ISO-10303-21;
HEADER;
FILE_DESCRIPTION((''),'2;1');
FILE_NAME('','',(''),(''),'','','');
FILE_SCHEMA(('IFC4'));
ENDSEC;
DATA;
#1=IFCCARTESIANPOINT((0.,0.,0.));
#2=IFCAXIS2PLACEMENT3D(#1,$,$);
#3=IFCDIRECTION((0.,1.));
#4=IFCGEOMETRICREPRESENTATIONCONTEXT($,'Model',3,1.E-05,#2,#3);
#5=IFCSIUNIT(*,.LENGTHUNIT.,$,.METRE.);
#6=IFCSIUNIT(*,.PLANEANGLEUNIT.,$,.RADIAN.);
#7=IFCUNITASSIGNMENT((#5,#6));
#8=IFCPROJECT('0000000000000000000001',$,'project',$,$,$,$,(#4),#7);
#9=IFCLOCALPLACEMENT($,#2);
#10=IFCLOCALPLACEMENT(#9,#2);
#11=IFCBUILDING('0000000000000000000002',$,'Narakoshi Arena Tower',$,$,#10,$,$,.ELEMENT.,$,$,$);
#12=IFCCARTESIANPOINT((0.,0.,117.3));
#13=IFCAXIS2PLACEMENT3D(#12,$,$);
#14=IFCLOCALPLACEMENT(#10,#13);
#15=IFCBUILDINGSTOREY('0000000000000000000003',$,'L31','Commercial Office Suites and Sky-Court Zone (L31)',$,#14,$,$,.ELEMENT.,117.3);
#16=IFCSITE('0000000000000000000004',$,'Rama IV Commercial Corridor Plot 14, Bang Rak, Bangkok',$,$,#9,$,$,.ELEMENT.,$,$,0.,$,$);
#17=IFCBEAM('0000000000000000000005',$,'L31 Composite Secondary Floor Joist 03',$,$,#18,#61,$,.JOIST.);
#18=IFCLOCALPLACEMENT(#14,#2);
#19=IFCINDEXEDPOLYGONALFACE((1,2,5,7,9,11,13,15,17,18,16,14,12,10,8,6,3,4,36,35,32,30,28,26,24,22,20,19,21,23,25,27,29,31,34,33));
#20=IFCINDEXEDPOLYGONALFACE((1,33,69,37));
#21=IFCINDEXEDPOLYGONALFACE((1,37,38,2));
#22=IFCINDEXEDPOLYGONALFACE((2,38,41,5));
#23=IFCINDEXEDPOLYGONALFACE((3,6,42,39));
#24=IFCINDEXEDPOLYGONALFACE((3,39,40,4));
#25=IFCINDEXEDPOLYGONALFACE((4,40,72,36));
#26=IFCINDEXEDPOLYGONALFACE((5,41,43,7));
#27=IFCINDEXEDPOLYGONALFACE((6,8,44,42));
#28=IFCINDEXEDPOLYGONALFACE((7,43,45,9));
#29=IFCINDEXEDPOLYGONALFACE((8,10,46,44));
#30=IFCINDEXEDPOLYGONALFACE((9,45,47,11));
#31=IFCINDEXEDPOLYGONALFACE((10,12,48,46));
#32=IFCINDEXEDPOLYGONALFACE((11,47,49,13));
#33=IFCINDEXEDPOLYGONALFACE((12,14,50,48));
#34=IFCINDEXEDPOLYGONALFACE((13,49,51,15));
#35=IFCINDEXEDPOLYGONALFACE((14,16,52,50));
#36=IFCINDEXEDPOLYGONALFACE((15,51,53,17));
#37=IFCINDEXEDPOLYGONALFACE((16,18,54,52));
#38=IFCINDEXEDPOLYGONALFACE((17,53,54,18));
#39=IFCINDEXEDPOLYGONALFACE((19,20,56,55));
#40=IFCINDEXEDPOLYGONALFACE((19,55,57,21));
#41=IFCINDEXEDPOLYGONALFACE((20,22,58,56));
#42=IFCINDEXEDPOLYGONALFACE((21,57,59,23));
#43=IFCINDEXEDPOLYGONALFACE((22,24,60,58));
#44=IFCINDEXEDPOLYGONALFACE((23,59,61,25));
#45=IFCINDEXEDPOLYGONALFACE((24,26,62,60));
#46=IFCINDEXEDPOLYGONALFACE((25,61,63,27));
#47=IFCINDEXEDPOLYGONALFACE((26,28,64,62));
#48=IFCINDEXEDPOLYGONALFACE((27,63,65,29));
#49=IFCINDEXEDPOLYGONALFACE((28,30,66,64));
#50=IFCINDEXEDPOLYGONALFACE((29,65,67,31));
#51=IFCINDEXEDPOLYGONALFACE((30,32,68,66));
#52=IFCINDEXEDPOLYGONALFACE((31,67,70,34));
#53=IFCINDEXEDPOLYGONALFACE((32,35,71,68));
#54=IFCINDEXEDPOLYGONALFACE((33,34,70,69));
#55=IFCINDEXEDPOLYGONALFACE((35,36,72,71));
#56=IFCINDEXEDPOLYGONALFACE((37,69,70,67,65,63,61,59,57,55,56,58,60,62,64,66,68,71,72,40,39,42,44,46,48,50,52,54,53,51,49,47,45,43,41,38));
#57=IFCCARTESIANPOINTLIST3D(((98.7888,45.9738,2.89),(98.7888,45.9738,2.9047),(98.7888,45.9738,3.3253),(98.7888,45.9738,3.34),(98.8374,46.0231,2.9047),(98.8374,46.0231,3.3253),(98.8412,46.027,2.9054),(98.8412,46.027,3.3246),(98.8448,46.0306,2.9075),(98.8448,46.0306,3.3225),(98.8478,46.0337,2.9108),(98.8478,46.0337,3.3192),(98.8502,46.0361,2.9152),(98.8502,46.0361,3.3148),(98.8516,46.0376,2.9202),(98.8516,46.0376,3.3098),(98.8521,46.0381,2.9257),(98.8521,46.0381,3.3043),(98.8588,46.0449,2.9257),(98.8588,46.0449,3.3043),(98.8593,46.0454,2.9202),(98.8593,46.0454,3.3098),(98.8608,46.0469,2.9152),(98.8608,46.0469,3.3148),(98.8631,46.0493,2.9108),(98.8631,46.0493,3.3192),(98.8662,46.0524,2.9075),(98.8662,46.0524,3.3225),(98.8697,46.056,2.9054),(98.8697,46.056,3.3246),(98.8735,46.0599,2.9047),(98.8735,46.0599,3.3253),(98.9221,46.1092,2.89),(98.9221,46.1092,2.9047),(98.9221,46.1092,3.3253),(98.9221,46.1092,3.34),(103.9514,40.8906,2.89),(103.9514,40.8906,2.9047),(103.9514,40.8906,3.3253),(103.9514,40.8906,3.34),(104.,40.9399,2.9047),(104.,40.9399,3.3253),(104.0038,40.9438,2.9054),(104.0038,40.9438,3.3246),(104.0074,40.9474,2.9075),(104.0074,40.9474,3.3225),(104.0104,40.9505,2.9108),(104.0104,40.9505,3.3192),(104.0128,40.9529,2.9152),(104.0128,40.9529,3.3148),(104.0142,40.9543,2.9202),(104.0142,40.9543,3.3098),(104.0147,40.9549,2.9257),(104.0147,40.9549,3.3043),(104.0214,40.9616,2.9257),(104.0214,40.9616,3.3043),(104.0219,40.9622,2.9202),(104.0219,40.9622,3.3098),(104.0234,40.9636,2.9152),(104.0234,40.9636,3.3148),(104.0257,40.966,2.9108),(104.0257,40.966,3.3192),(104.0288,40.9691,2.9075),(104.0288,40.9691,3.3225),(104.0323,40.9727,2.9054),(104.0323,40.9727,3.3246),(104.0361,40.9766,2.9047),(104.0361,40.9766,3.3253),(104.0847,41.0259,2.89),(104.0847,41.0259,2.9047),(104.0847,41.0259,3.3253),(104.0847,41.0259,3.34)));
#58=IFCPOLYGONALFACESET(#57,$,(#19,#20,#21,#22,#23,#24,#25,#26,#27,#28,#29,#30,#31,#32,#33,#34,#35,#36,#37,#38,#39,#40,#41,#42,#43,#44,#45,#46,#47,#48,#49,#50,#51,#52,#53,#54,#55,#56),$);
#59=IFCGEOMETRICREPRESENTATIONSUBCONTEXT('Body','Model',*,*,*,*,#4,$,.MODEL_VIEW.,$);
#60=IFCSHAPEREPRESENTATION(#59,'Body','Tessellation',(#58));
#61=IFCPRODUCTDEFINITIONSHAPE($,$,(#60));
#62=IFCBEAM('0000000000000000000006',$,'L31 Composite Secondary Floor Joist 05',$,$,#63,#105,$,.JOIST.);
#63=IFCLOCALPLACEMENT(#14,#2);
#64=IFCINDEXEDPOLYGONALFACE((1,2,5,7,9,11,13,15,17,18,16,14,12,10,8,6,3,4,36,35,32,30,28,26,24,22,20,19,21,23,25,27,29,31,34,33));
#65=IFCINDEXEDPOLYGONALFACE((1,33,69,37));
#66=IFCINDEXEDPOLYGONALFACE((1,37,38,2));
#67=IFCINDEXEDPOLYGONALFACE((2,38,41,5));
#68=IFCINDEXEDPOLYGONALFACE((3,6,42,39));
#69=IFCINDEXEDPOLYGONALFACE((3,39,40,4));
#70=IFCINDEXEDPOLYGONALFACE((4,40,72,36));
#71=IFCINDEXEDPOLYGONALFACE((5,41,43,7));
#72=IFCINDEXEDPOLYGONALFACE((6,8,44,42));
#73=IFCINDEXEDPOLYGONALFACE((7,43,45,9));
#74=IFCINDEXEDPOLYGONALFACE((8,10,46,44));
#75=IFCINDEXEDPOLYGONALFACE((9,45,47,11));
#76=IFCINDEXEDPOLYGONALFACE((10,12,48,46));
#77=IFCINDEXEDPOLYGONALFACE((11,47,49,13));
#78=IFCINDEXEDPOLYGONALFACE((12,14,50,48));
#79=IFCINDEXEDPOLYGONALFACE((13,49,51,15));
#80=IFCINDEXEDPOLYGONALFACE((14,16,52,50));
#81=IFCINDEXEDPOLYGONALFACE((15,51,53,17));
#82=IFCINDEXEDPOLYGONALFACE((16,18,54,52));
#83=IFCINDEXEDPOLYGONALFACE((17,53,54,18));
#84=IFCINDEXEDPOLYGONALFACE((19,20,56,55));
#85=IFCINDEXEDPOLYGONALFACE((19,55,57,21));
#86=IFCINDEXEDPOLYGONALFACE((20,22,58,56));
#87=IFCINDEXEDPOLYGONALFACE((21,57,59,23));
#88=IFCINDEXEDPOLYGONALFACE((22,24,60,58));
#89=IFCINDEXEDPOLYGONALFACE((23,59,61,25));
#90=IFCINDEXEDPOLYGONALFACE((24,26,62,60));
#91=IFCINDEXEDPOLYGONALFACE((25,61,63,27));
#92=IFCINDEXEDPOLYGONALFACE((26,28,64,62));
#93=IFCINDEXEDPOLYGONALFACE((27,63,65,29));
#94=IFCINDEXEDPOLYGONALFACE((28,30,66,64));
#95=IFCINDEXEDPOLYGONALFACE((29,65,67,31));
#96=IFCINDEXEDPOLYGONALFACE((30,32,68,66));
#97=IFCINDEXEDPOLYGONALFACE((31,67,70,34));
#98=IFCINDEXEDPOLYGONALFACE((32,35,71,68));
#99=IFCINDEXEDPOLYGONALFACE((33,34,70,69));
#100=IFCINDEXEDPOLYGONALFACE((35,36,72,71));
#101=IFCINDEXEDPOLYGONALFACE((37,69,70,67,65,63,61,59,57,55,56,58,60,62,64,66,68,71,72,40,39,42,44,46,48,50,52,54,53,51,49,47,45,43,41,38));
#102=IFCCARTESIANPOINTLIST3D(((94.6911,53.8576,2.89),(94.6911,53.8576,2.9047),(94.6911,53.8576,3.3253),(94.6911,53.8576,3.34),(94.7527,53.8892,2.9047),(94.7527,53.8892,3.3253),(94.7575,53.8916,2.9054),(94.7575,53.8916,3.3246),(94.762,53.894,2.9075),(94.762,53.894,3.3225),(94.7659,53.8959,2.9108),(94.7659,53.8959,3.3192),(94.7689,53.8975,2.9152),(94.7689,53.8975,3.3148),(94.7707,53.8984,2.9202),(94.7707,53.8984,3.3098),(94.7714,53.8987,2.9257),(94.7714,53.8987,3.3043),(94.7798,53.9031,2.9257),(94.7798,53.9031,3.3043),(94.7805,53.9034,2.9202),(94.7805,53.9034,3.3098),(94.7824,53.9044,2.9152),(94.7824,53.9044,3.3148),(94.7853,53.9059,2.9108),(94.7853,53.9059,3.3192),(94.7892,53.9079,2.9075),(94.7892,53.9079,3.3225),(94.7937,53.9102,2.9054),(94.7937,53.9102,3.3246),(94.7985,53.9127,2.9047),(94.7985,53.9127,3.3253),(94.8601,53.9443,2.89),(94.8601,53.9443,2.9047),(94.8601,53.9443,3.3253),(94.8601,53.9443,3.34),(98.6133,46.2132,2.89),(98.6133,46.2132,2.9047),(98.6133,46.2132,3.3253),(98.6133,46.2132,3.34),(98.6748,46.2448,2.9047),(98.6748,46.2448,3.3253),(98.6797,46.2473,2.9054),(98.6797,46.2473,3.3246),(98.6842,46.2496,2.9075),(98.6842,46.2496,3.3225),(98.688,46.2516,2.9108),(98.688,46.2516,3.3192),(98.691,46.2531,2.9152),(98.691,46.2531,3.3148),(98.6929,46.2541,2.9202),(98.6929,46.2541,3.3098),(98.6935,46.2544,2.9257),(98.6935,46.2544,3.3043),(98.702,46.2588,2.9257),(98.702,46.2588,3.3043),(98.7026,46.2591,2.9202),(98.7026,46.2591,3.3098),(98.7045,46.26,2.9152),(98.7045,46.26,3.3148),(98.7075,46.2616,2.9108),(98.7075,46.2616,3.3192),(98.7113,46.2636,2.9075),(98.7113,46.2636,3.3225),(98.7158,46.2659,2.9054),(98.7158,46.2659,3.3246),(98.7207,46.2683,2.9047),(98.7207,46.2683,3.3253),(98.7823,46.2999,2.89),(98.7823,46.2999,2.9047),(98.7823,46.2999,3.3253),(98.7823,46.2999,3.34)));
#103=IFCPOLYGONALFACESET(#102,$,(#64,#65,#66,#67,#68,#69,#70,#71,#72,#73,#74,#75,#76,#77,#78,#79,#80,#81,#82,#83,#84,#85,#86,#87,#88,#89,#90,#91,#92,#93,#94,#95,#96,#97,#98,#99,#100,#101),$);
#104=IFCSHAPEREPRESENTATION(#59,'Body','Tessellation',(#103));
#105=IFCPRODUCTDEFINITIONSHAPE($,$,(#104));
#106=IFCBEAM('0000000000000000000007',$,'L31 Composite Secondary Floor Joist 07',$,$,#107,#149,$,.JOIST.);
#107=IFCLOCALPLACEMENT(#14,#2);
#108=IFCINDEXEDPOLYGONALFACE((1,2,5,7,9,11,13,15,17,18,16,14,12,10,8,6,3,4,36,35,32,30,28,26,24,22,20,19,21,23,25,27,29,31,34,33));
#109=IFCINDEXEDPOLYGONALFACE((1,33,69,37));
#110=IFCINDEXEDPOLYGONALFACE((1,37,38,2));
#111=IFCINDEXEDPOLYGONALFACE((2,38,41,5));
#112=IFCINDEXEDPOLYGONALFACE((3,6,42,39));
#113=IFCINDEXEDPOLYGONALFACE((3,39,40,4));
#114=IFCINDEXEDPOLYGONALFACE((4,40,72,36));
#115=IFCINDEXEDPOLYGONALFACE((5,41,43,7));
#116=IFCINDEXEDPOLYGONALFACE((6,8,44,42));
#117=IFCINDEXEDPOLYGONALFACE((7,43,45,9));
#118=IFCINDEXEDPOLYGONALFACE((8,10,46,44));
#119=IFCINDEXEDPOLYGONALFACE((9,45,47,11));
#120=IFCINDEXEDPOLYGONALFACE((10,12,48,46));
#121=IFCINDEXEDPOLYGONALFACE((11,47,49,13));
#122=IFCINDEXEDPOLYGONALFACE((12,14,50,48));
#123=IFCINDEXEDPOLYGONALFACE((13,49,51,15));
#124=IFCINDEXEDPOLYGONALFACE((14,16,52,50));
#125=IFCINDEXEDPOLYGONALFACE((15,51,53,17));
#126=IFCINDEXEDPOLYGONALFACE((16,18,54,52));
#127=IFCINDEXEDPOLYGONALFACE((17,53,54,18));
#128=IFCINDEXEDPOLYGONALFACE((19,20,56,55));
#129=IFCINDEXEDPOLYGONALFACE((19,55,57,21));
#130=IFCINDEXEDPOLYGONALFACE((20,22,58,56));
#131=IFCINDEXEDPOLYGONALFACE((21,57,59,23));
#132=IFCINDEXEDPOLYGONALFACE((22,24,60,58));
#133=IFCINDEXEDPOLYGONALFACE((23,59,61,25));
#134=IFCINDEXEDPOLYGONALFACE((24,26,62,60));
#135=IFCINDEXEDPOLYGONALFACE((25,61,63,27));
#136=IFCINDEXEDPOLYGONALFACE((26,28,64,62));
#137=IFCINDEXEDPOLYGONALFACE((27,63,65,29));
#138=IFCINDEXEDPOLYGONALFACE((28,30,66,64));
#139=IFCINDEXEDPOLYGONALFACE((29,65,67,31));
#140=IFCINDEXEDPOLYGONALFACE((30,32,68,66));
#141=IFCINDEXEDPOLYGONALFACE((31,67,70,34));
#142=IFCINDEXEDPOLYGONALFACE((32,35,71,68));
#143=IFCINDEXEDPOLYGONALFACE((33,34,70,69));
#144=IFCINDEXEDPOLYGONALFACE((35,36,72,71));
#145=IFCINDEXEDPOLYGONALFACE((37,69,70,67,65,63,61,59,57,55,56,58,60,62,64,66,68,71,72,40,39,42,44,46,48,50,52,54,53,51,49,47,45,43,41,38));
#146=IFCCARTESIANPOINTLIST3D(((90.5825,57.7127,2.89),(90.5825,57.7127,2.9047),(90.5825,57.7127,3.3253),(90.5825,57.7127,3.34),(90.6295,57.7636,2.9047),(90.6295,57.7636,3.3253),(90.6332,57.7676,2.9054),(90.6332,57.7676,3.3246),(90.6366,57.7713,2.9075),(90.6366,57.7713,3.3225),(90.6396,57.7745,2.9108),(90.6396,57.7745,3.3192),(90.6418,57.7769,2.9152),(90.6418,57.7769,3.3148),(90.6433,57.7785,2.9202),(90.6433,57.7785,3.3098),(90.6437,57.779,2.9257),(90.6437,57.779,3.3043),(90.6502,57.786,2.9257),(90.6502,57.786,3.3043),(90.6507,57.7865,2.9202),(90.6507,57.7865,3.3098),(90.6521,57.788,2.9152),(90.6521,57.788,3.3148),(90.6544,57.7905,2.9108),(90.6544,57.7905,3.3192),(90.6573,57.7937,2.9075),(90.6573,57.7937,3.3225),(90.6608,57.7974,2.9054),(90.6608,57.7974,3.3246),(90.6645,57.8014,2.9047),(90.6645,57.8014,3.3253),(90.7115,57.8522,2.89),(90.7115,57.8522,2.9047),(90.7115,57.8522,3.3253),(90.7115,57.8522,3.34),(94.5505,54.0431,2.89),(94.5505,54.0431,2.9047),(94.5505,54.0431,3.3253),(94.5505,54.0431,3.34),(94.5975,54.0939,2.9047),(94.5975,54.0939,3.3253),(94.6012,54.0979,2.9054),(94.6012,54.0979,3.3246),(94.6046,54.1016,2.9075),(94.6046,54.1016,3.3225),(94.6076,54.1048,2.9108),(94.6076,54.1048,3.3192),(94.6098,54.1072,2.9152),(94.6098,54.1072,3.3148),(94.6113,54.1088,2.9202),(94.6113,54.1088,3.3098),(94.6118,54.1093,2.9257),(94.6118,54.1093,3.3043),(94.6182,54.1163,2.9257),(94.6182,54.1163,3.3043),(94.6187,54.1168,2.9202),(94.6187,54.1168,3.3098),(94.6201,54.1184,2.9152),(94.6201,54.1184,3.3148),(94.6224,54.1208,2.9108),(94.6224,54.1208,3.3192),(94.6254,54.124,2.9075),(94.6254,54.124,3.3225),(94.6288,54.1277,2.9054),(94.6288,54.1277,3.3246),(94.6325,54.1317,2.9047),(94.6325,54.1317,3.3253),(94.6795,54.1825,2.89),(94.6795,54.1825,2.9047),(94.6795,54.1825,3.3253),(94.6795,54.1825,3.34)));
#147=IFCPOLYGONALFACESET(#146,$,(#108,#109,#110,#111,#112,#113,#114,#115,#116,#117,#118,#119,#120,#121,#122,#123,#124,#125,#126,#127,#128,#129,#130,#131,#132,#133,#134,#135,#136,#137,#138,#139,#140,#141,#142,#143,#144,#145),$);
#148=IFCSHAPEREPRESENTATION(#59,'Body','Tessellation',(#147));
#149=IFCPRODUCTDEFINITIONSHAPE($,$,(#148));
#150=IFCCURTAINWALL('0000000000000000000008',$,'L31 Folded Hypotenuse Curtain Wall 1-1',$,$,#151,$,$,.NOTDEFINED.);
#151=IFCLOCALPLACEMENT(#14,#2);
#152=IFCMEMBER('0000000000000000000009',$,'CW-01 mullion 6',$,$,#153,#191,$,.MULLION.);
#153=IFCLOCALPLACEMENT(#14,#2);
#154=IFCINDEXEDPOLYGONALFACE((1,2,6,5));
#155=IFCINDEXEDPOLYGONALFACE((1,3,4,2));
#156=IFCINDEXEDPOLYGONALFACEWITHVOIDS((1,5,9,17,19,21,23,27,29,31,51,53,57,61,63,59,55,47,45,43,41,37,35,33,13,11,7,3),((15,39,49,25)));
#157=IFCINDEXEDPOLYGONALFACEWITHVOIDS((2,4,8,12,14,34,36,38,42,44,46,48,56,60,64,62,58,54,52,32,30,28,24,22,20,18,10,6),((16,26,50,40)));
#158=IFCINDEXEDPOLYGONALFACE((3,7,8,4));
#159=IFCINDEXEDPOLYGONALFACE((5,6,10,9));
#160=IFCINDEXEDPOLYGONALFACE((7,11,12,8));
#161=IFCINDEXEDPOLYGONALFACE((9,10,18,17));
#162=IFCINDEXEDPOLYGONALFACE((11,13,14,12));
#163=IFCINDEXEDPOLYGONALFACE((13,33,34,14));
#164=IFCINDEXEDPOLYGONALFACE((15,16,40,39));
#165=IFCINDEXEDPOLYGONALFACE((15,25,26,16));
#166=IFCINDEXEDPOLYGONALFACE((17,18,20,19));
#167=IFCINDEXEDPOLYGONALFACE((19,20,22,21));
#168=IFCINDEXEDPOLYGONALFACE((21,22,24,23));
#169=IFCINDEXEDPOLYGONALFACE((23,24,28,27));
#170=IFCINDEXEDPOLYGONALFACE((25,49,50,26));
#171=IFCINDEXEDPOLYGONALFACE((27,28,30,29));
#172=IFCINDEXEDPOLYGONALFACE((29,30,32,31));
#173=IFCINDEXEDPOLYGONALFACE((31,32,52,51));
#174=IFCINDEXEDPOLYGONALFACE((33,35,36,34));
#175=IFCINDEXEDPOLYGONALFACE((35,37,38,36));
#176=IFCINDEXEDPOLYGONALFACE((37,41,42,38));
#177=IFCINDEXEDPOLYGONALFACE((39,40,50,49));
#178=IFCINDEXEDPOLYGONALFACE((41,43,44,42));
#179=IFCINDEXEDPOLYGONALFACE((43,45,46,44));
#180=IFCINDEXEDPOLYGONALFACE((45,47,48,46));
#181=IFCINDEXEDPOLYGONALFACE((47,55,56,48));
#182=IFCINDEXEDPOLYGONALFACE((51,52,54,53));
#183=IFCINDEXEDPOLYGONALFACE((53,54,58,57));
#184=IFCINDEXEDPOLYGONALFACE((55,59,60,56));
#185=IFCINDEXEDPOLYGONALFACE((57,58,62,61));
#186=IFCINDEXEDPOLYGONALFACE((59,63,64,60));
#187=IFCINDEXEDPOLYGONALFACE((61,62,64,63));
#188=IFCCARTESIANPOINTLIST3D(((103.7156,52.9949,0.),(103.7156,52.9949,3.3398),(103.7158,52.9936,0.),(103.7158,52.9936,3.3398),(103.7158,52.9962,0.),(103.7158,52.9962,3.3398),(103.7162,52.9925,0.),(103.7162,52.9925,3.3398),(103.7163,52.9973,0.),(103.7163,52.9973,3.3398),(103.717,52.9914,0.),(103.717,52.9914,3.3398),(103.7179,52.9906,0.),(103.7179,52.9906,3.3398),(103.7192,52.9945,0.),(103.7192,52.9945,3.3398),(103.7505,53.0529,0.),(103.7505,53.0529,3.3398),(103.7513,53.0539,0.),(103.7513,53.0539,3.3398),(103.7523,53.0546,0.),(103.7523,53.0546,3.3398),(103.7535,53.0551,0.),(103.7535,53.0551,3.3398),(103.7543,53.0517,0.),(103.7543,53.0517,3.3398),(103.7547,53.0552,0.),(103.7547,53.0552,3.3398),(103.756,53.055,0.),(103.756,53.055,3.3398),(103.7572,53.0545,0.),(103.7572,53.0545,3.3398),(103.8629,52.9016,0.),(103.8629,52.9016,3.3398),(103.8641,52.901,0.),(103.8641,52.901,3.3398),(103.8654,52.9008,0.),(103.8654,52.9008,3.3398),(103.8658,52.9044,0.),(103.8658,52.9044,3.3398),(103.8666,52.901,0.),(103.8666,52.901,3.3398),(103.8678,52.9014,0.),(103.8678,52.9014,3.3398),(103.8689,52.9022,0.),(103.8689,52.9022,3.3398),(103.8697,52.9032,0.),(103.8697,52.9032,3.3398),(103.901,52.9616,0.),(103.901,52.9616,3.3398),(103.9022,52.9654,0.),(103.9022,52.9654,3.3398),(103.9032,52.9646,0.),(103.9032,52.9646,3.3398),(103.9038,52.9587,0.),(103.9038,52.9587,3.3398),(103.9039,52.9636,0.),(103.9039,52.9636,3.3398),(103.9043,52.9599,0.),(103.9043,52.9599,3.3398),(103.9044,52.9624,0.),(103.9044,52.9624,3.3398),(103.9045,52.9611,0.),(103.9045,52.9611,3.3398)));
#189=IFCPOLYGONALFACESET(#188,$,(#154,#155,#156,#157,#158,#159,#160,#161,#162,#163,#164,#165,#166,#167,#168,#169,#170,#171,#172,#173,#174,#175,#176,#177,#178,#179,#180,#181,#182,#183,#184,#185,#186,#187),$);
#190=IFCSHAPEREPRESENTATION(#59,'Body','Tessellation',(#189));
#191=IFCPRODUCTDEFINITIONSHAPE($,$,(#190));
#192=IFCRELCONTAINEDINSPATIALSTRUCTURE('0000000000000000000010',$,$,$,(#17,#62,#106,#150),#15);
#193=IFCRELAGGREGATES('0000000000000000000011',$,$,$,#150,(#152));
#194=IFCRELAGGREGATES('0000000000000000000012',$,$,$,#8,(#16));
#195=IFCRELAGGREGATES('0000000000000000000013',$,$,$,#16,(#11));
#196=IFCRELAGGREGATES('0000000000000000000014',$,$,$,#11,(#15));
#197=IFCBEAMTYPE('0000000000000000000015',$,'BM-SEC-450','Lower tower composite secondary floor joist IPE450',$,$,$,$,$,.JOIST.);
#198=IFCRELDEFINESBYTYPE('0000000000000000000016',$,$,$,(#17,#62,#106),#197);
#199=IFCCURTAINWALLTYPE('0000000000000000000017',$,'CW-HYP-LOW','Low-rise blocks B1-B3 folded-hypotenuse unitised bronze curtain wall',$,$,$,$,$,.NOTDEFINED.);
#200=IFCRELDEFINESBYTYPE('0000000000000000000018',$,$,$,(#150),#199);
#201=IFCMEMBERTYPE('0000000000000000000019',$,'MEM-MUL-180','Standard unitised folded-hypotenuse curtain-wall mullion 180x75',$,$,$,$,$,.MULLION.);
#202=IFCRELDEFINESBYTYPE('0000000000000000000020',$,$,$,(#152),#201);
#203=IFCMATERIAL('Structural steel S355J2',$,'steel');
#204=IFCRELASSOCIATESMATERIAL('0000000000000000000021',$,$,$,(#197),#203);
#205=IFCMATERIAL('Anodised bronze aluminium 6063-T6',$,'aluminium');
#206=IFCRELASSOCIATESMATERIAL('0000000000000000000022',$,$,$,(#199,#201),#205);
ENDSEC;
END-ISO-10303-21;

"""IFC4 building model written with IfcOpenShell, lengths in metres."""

from ifc_helpers import new_model, si_unit, direction, frame, origin, origin_2d, place, context, subcontext, project, spatial, hollow_rectangle, i_section, extrude, material, material_profile, profile_set, type_object, element, aggregate, save


model = new_model("IFC4")

# Units and contexts
model_context = context("Model", 3, precision=1e-05, world=origin(), true_north=direction((0.0, 1.0)))
body_context = subcontext(model_context, "Body", "Model", "MODEL_VIEW")
ifc_project = project(units=[si_unit("LENGTHUNIT", "METRE"), si_unit("PLANEANGLEUNIT", "RADIAN")], contexts=[model_context])

# Site, building, storey
site_placement = place(None, origin())
site = spatial("IfcSite", under=ifc_project, at=site_placement, Name="Rama IV Commercial Corridor Plot 14, Bang Rak, Bangkok", CompositionType="ELEMENT", RefElevation=0.0)
building_placement = place(site_placement, origin())
building = spatial("IfcBuilding", under=site, at=building_placement, Name="Narakoshi Arena Tower", CompositionType="ELEMENT")
storey_placement = place(building_placement, frame((0.0, 0.0, 117.3)))
storey = spatial("IfcBuildingStorey", under=building, at=storey_placement, Name="L31", Description="Commercial Office Suites and Sky-Court Zone (L31)", CompositionType="ELEMENT", Elevation=117.3)

# Beams
ifc_material_1 = material(Name="Structural steel S355J2", Category="steel")
ifc_material_profile_1 = material_profile(ifc_material_1, i_section(OverallWidth=0.1899, OverallDepth=0.45, WebThickness=0.0095, FlangeThickness=0.0146, FilletRadius=0.021, at=origin_2d()), Name="IPE450")
ifc_profile_set_1 = profile_set([ifc_material_profile_1], Name="Structural steel S355J2")
beam_type_1 = type_object("IfcBeamType", Name="BM-SEC-450", Description="Lower tower composite secondary floor joist IPE450", PredefinedType="JOIST", material=ifc_profile_set_1)
beam_1_placement = place(storey_placement, frame((104.0181, 40.9583, 3.115), z_axis=(-0.712561, 0.70161, 0.0), x_axis=(-0.70161, -0.712561, 0.0)))
element("IfcBeam", 1, at=beam_1_placement, inside=storey, type_object=beam_type_1, Name="L31 Composite Secondary Floor Joist 03", PredefinedType="JOIST", context=body_context, shape_type="SweptSolid", body=[
    extrude(i_section(OverallWidth=0.1899, OverallDepth=0.45, WebThickness=0.0095, FlangeThickness=0.0146, FilletRadius=0.021, at=origin_2d()), origin(), (0.0, 0.0, 1.0), 7.2451),
])
beam_2_placement = place(storey_placement, frame((98.6978, 46.2566, 3.115), z_axis=(-0.456498, 0.889724, 0.0), x_axis=(-0.889724, -0.456498, 0.0)))
element("IfcBeam", 2, at=beam_2_placement, inside=storey, type_object=beam_type_1, Name="L31 Composite Secondary Floor Joist 05", PredefinedType="JOIST", context=body_context, shape_type="SweptSolid", body=[
    extrude(i_section(OverallWidth=0.1899, OverallDepth=0.45, WebThickness=0.0095, FlangeThickness=0.0146, FilletRadius=0.021, at=origin_2d()), origin(), (0.0, 0.0, 1.0), 8.5918),
])
beam_3_placement = place(storey_placement, frame((94.615, 54.1128, 3.115), z_axis=(-0.734168, 0.678968, 0.0), x_axis=(-0.678968, -0.734168, 0.0)))
element("IfcBeam", 3, at=beam_3_placement, inside=storey, type_object=beam_type_1, Name="L31 Composite Secondary Floor Joist 07", PredefinedType="JOIST", context=body_context, shape_type="SweptSolid", body=[
    extrude(i_section(OverallWidth=0.1899, OverallDepth=0.45, WebThickness=0.0095, FlangeThickness=0.0146, FilletRadius=0.021, at=origin_2d()), origin(), (0.0, 0.0, 1.0), 5.4048),
])

# Curtain wall, member
ifc_material_2 = material(Name="Anodised bronze aluminium 6063-T6", Category="aluminium")
curtain_wall_type = type_object("IfcCurtainWallType", Name="CW-HYP-LOW", Description="Low-rise blocks B1-B3 folded-hypotenuse unitised bronze curtain wall", PredefinedType="NOTDEFINED", material=ifc_material_2)
curtain_wall_placement = place(storey_placement, origin())
curtain_wall = element("IfcCurtainWall", 4, at=curtain_wall_placement, inside=storey, type_object=curtain_wall_type, Name="L31 Folded Hypotenuse Curtain Wall 1-1", PredefinedType="NOTDEFINED")
ifc_material_profile_2 = material_profile(ifc_material_2, hollow_rectangle(XDim=0.075, YDim=0.1799, WallThickness=0.0039, OuterFilletRadius=0.0049, at=origin_2d()), Name="MUL180x75x4")
ifc_profile_set_2 = profile_set([ifc_material_profile_2], Name="Anodised bronze aluminium 6063-T6")
member_type_1 = type_object("IfcMemberType", Name="MEM-MUL-180", Description="Standard unitised folded-hypotenuse curtain-wall mullion 180x75", PredefinedType="MULLION", material=ifc_profile_set_2)
member_1_placement = place(storey_placement, frame((103.8101, 52.978, 0.0), z_axis=(0.0, 0.0, 1.0), x_axis=(-0.523358, -0.852113, 0.0)))
member_1 = element("IfcMember", 5, at=member_1_placement, type_object=member_type_1, Name="CW-01 mullion 6", PredefinedType="MULLION", context=body_context, shape_type="SweptSolid", body=[
    extrude(hollow_rectangle(XDim=0.075, YDim=0.1799, WallThickness=0.0039, OuterFilletRadius=0.0049, at=origin_2d()), origin(), (0.0, 0.0, 1.0), 3.3398),
])
aggregate(curtain_wall, [member_1])

save(model, "model.ifc")
